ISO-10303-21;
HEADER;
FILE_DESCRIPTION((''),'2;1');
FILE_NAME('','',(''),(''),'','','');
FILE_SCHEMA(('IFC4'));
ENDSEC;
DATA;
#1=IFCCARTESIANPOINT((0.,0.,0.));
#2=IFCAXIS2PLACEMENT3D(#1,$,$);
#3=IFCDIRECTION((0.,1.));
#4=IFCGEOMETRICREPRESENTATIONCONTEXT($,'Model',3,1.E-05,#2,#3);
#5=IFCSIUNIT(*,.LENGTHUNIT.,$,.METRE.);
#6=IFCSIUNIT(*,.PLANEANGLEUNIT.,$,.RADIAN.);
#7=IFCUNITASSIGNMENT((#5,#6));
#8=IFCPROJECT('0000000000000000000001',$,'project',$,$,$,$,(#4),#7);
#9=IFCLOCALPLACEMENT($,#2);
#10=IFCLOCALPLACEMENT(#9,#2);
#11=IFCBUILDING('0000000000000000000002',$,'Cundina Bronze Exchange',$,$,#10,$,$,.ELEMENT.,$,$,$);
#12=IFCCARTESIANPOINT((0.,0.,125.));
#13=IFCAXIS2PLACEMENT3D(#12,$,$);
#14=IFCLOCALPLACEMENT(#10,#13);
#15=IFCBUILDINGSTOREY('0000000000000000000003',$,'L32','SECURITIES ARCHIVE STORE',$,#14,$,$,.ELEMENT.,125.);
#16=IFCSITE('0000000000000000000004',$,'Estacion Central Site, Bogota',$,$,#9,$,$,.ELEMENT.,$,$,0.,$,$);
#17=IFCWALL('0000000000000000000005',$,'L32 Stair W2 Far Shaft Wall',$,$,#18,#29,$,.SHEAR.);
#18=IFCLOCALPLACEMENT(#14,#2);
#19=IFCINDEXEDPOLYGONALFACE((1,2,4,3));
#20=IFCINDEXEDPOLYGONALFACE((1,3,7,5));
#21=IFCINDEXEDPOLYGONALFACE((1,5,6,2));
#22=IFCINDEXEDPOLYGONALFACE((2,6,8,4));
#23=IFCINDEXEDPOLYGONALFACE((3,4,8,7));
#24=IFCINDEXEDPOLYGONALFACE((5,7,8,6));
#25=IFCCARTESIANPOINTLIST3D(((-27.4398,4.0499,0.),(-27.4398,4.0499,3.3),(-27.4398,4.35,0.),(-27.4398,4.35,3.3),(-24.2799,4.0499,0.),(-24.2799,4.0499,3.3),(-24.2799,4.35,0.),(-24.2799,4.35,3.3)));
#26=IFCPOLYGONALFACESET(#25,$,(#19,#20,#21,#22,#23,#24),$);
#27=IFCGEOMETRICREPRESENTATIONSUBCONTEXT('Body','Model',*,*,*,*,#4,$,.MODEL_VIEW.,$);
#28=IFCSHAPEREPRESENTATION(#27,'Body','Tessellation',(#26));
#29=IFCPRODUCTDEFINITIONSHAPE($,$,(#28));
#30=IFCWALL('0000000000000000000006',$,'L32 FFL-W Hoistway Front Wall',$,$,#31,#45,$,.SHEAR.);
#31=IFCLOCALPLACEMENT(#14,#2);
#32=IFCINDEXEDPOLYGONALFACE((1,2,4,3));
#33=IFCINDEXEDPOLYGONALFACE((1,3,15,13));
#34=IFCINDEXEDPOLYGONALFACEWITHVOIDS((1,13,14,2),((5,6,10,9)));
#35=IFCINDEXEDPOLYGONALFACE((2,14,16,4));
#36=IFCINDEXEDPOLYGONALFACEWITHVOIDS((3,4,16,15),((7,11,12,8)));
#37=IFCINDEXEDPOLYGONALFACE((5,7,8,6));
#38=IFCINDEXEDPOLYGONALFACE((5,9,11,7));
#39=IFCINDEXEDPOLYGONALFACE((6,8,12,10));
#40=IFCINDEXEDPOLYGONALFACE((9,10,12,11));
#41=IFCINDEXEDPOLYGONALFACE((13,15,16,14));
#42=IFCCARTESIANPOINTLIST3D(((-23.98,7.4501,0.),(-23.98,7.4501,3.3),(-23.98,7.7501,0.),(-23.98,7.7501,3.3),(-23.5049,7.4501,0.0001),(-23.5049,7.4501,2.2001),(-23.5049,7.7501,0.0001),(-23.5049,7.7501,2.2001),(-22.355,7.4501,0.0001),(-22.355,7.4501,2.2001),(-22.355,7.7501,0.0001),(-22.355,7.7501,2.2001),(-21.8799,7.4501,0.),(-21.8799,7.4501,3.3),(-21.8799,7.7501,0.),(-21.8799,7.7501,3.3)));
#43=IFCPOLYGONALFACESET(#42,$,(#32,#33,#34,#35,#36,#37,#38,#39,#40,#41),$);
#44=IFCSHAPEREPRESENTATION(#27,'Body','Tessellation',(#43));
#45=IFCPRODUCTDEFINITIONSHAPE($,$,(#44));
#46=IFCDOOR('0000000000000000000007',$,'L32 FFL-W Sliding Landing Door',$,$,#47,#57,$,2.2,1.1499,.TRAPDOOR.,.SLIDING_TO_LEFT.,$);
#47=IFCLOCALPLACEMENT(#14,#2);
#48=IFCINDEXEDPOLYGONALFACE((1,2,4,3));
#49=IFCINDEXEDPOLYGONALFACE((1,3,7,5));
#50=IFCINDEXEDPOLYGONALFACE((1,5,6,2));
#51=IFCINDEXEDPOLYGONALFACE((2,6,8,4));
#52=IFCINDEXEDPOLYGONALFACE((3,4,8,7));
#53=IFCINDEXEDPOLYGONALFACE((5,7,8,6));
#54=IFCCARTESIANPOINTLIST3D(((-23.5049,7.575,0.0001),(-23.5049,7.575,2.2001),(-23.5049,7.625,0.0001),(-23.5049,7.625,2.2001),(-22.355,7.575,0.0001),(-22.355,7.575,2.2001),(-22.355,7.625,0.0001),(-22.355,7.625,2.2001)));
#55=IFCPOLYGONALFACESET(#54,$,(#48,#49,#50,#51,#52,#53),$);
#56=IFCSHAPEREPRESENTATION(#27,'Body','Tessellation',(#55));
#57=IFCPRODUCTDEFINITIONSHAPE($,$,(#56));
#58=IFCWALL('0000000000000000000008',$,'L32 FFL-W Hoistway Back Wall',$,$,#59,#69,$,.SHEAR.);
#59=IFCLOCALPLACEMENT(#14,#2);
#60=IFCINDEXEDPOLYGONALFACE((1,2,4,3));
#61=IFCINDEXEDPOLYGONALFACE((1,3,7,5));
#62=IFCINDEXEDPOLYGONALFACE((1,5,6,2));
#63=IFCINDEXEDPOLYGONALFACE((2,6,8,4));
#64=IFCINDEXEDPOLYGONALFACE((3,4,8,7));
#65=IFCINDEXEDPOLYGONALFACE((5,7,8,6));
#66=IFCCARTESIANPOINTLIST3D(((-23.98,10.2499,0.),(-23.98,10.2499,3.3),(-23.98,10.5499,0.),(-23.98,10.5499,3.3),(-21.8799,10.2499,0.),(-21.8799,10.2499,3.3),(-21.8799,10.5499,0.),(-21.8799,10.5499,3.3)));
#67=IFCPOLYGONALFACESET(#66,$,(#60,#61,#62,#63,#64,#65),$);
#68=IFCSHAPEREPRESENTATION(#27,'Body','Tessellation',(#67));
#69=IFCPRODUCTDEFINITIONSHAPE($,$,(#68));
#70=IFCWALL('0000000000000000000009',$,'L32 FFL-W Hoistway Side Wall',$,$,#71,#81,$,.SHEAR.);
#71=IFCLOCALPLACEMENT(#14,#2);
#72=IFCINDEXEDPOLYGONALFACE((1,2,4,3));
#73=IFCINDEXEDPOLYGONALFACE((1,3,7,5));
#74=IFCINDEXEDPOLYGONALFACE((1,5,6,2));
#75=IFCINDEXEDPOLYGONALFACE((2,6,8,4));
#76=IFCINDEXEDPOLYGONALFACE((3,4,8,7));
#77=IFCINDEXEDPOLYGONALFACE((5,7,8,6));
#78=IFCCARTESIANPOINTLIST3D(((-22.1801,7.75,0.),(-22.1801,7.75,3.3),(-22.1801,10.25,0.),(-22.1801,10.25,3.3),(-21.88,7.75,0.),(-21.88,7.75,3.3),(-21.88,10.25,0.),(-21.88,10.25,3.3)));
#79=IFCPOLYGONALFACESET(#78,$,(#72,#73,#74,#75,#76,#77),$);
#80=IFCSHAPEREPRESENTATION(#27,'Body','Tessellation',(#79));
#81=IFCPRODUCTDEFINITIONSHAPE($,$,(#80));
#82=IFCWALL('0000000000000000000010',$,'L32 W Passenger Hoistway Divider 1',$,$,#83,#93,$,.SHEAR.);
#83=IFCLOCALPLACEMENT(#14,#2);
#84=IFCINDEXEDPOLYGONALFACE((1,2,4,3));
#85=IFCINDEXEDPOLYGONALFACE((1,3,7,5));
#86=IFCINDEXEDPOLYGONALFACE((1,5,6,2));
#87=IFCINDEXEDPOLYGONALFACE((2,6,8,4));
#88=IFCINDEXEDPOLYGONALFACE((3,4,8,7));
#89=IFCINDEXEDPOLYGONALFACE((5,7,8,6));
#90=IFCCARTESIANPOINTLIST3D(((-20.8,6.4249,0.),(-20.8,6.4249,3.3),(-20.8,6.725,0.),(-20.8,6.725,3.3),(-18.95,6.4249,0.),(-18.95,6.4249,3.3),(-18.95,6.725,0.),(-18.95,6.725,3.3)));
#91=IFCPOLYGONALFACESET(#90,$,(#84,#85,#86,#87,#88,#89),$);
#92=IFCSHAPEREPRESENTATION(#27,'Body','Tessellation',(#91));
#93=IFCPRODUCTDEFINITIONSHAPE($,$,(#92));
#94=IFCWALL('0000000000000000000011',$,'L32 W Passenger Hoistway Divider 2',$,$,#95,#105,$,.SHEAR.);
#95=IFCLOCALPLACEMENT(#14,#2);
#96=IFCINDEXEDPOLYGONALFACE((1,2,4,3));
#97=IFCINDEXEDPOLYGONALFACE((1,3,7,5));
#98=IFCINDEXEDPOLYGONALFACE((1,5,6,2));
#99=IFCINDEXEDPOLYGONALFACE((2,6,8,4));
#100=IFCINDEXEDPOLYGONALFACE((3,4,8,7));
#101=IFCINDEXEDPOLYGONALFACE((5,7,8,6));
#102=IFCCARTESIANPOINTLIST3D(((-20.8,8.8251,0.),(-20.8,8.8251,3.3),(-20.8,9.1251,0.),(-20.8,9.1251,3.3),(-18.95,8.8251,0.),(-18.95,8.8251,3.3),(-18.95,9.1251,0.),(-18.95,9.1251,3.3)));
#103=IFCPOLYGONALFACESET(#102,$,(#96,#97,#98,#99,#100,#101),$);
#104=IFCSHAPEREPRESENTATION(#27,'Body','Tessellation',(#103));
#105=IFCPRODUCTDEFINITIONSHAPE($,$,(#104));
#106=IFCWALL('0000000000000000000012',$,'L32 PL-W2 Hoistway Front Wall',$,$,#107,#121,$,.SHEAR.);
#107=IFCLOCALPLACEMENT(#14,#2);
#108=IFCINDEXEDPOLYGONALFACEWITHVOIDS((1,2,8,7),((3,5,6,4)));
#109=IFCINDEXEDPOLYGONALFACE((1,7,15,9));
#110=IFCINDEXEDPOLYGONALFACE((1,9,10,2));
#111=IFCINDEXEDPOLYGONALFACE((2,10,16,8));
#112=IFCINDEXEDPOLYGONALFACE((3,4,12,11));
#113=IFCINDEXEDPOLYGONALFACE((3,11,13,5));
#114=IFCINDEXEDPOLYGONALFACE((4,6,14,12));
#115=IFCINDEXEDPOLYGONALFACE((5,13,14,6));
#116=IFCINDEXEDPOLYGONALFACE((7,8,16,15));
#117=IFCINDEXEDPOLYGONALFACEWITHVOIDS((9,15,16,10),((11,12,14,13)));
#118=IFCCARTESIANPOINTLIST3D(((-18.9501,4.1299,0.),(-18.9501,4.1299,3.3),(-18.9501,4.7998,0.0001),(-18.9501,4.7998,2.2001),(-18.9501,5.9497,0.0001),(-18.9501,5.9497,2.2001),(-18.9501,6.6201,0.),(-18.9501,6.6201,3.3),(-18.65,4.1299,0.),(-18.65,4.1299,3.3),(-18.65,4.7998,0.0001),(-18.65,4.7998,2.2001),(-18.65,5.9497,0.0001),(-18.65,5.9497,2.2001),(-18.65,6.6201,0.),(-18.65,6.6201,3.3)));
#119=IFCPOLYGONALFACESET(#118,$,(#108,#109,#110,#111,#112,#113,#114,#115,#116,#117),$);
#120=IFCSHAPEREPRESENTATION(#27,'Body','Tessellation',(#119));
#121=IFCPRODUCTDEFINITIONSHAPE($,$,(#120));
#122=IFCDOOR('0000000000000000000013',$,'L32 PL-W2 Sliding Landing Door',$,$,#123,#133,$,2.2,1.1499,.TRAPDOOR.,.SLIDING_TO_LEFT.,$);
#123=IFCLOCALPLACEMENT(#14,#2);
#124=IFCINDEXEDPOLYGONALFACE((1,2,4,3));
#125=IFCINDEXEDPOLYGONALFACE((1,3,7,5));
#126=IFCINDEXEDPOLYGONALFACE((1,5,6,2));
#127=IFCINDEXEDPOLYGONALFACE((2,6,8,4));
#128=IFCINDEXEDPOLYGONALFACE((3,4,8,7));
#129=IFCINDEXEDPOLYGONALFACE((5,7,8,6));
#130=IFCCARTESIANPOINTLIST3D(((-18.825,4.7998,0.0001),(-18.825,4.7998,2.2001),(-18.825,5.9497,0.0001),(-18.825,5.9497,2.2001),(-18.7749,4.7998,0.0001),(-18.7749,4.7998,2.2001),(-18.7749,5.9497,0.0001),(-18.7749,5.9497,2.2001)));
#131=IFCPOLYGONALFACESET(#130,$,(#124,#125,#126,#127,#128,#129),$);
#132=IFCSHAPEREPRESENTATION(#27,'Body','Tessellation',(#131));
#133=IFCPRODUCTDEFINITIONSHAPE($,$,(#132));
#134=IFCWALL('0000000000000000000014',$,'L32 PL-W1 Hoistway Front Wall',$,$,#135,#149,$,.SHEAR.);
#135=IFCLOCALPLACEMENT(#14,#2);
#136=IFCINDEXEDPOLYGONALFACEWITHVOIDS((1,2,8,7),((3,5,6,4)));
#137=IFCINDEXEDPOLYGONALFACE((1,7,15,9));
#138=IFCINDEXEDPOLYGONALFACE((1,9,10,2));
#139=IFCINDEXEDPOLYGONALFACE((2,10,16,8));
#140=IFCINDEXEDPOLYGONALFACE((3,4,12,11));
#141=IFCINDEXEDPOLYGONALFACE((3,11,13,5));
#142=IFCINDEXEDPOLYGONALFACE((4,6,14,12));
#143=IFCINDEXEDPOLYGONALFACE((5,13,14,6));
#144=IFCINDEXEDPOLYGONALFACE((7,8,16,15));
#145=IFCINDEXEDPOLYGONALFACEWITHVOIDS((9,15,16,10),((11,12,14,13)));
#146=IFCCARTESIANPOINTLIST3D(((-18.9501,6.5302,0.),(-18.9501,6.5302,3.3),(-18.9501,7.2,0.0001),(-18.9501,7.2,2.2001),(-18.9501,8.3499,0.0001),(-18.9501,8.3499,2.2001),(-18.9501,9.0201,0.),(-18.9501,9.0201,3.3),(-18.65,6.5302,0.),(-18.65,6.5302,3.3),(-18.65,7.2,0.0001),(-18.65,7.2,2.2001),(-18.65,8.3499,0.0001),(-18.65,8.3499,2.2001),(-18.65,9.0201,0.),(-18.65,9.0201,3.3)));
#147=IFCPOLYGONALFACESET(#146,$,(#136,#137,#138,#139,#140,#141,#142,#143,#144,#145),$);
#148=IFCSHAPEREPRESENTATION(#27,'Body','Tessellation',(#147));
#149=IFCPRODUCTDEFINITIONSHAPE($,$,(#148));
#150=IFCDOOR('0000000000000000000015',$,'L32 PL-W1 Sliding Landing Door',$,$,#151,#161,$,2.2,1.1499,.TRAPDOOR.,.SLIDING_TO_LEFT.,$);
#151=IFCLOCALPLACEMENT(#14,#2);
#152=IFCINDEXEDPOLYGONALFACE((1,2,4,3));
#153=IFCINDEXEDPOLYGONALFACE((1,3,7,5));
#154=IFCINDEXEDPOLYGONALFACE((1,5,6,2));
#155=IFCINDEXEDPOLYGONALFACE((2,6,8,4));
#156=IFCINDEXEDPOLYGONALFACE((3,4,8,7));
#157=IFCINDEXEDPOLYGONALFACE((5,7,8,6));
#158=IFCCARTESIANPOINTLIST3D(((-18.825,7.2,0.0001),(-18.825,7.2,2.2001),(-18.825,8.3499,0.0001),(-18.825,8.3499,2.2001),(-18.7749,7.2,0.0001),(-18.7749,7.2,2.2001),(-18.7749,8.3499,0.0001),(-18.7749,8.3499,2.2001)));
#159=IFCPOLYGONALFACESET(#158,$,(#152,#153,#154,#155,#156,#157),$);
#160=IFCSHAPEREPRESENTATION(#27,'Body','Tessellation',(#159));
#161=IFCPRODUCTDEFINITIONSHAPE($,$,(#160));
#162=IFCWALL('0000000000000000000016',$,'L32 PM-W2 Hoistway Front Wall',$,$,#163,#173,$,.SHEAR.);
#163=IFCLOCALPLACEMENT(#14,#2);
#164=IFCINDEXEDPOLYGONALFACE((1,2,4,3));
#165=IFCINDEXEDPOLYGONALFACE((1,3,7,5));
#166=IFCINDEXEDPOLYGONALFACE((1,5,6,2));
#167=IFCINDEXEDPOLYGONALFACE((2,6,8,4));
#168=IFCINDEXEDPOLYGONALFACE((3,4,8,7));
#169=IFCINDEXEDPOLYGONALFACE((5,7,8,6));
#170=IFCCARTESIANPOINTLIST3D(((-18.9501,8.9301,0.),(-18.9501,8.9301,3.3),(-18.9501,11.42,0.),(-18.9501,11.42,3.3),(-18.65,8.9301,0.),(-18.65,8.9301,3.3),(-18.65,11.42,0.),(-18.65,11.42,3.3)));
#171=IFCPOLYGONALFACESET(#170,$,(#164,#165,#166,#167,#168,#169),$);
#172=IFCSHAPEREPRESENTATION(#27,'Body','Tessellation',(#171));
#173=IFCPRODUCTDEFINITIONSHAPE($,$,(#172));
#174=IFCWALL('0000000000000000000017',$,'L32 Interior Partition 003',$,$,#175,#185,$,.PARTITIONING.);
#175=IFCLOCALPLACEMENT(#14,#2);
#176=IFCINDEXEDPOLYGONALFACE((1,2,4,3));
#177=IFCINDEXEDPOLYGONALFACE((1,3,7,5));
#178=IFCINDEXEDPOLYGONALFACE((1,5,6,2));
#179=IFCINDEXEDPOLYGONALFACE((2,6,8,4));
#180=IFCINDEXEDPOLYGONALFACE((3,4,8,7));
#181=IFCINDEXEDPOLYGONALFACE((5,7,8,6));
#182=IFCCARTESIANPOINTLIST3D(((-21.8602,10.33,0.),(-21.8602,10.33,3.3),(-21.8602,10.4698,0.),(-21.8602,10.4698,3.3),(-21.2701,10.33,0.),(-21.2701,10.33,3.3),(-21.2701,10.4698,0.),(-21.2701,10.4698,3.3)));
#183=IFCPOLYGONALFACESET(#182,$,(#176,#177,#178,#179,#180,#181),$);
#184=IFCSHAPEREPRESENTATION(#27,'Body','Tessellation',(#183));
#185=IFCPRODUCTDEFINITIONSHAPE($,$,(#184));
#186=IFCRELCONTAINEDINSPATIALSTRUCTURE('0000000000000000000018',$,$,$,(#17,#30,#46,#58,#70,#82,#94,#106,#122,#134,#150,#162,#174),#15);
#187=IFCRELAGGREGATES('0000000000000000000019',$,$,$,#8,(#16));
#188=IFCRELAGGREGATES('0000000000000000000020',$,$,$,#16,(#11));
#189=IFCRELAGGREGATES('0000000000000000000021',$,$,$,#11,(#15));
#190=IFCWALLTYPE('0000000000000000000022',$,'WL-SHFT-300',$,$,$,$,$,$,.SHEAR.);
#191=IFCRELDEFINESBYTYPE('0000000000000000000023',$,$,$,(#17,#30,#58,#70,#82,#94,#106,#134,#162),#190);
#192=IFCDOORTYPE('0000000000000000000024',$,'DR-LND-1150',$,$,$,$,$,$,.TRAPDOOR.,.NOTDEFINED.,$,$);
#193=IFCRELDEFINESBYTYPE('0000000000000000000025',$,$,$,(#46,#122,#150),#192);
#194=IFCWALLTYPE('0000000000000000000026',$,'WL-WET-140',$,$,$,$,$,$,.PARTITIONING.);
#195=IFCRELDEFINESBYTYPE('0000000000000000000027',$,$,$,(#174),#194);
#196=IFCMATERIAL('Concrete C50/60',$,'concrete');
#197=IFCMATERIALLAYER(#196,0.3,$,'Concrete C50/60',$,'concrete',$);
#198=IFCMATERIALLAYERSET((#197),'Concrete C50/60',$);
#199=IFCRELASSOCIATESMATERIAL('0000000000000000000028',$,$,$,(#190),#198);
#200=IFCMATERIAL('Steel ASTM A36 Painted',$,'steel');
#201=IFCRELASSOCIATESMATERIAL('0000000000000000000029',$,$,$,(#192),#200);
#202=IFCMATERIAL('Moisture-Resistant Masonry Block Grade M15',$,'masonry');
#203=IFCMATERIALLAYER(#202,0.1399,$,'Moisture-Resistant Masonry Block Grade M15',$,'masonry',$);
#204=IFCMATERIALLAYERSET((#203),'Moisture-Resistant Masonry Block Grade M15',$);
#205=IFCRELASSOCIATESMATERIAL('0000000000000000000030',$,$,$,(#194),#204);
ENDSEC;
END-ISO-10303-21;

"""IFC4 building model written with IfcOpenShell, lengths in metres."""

from ifc_helpers import new_model, si_unit, direction, frame, frame_2d, origin, place, context, subcontext, project, spatial, rectangle, extrude, material, layer, layer_set, type_object, element, fill, save


model = new_model("IFC4")

# Units and contexts
model_context = context("Model", 3, precision=1e-05, world=origin(), true_north=direction((0.0, 1.0)))
body_context = subcontext(model_context, "Body", "Model", "MODEL_VIEW")
ifc_project = project(units=[si_unit("LENGTHUNIT", "METRE"), si_unit("PLANEANGLEUNIT", "RADIAN")], contexts=[model_context])

# Site, building, storey
site_placement = place(None, origin())
site = spatial("IfcSite", under=ifc_project, at=site_placement, Name="Estacion Central Site, Bogota", CompositionType="ELEMENT", RefElevation=0.0)
building_placement = place(site_placement, origin())
building = spatial("IfcBuilding", under=site, at=building_placement, Name="Cundina Bronze Exchange", CompositionType="ELEMENT")
storey_placement = place(building_placement, frame((0.0, 0.0, 125.0)))
storey = spatial("IfcBuildingStorey", under=building, at=storey_placement, Name="L32", Description="SECURITIES ARCHIVE STORE", CompositionType="ELEMENT", Elevation=125.0)

# Wall
ifc_material_1 = material(Name="Concrete C50/60", Category="concrete")
ifc_layer_1 = layer(ifc_material_1, 0.3, Name="Concrete C50/60", Category="concrete")
ifc_layer_set_1 = layer_set([ifc_layer_1], Name="Concrete C50/60")
wall_type_1 = type_object("IfcWallType", Name="WL-SHFT-300", PredefinedType="SHEAR", material=ifc_layer_set_1)
wall_1_placement = place(storey_placement, frame((-27.4399, 4.2, 0.0), z_axis=(0.0, 0.0, 1.0), x_axis=(1.0, 0.0, 0.0)))
element("IfcWall", 1, at=wall_1_placement, inside=storey, type_object=wall_type_1, Name="L32 Stair W2 Far Shaft Wall", PredefinedType="SHEAR", context=body_context, shape_type="SweptSolid", body=[
    extrude(rectangle(XDim=3.1599, YDim=0.3, at=frame_2d((1.5801, 0.0))), origin(), (0.0, 0.0, 1.0), 3.3),
])

# Wall, opening, door
wall_2_placement = place(storey_placement, frame((-23.98, 7.6001, 0.0), z_axis=(0.0, 0.0, 1.0), x_axis=(1.0, 0.0, 0.0)))
wall_2 = element("IfcWall", 2, at=wall_2_placement, inside=storey, type_object=wall_type_1, Name="L32 FFL-W Hoistway Front Wall", PredefinedType="SHEAR", context=body_context, shape_type="SweptSolid", body=[
    extrude(rectangle(XDim=2.1001, YDim=0.3, at=frame_2d((1.05, 0.0))), origin(), (0.0, 0.0, 1.0), 3.3),
])
opening_1_placement = place(wall_2_placement, frame((0.4751, 0.0, 0.0)))
opening_1 = element("IfcOpeningElement", 3, at=opening_1_placement, cuts=wall_2, PredefinedType="OPENING", context=body_context, shape_type="SweptSolid", body=[
    extrude(rectangle(XDim=1.1499, YDim=2.2, at=frame_2d((0.575, 1.1001))), frame((0.0, 0.1599, 0.0), z_axis=(0.0, -1.0, 0.0), x_axis=(1.0, 0.0, 0.0)), (0.0, 0.0, 1.0), 0.3201),
])
ifc_material_2 = material(Name="Steel ASTM A36 Painted", Category="steel")
door_type = type_object("IfcDoorType", Name="DR-LND-1150", OperationType="NOTDEFINED", PredefinedType="TRAPDOOR", material=ifc_material_2)
door_1_placement = place(opening_1_placement, origin())
door_1 = element("IfcDoor", 4, at=door_1_placement, inside=storey, type_object=door_type, Name="L32 FFL-W Sliding Landing Door", OperationType="SLIDING_TO_LEFT", OverallHeight=2.2, OverallWidth=1.1499, PredefinedType="TRAPDOOR", context=body_context, shape_type="SweptSolid", body=[
    extrude(rectangle(XDim=1.1499, YDim=2.2, at=frame_2d((0.575, 1.1001))), frame((0.0, 0.0249, 0.0), z_axis=(0.0, -1.0, 0.0), x_axis=(1.0, 0.0, 0.0)), (0.0, 0.0, 1.0), 0.05),
])
fill(opening_1, door_1)

# Walls
wall_3_placement = place(storey_placement, frame((-23.98, 10.3999, 0.0), z_axis=(0.0, 0.0, 1.0), x_axis=(1.0, 0.0, 0.0)))
element("IfcWall", 5, at=wall_3_placement, inside=storey, type_object=wall_type_1, Name="L32 FFL-W Hoistway Back Wall", PredefinedType="SHEAR", context=body_context, shape_type="SweptSolid", body=[
    extrude(rectangle(XDim=2.1001, YDim=0.3, at=frame_2d((1.05, 0.0))), origin(), (0.0, 0.0, 1.0), 3.3),
])
wall_4_placement = place(storey_placement, frame((-22.03, 7.75, 0.0), z_axis=(0.0, 0.0, 1.0), x_axis=(0.0, 1.0, 0.0)))
element("IfcWall", 6, at=wall_4_placement, inside=storey, type_object=wall_type_1, Name="L32 FFL-W Hoistway Side Wall", PredefinedType="SHEAR", context=body_context, shape_type="SweptSolid", body=[
    extrude(rectangle(XDim=2.5, YDim=0.3, at=frame_2d((1.25, 0.0))), origin(), (0.0, 0.0, 1.0), 3.3),
])
for number, where, z_axis, x_axis, name in (
    (7, (-20.8, 6.575, 0.0), (0.0, 0.0, 1.0), (1.0, 0.0, 0.0), "L32 W Passenger Hoistway Divider 1"),
    (8, (-20.8, 8.9751, 0.0), (0.0, 0.0, 1.0), (1.0, 0.0, 0.0), "L32 W Passenger Hoistway Divider 2"),
):
    element("IfcWall", number, at=place(storey_placement, frame(where, z_axis=z_axis, x_axis=x_axis)), inside=storey, type_object=wall_type_1, Name=name, PredefinedType="SHEAR", context=body_context, shape_type="SweptSolid", body=[
        extrude(rectangle(XDim=1.8501, YDim=0.3, at=frame_2d((0.925, 0.0))), origin(), (0.0, 0.0, 1.0), 3.3),
    ])

# Walls, openings, doors
wall_5_placement = place(storey_placement, frame((-18.8, 4.1299, 0.0), z_axis=(0.0, 0.0, 1.0), x_axis=(0.0, 1.0, 0.0)))
wall_5 = element("IfcWall", 9, at=wall_5_placement, inside=storey, type_object=wall_type_1, Name="L32 PL-W2 Hoistway Front Wall", PredefinedType="SHEAR", context=body_context, shape_type="SweptSolid", body=[
    extrude(rectangle(XDim=2.4902, YDim=0.3, at=frame_2d((1.2451, 0.0))), origin(), (0.0, 0.0, 1.0), 3.3),
])
opening_2_placement = place(wall_5_placement, frame((0.6699, 0.0, 0.0)))
opening_2 = element("IfcOpeningElement", 10, at=opening_2_placement, cuts=wall_5, PredefinedType="OPENING", context=body_context, shape_type="SweptSolid", body=[
    extrude(rectangle(XDim=1.1499, YDim=2.2, at=frame_2d((0.575, 1.1001))), frame((0.0, 0.1599, 0.0), z_axis=(0.0, -1.0, 0.0), x_axis=(1.0, 0.0, 0.0)), (0.0, 0.0, 1.0), 0.3201),
])
door_2_placement = place(opening_2_placement, origin())
door_2 = element("IfcDoor", 11, at=door_2_placement, inside=storey, type_object=door_type, Name="L32 PL-W2 Sliding Landing Door", OperationType="SLIDING_TO_LEFT", OverallHeight=2.2, OverallWidth=1.1499, PredefinedType="TRAPDOOR", context=body_context, shape_type="SweptSolid", body=[
    extrude(rectangle(XDim=1.1499, YDim=2.2, at=frame_2d((0.575, 1.1001))), frame((0.0, 0.0249, 0.0), z_axis=(0.0, -1.0, 0.0), x_axis=(1.0, 0.0, 0.0)), (0.0, 0.0, 1.0), 0.05),
])
fill(opening_2, door_2)
wall_6_placement = place(storey_placement, frame((-18.8, 6.53, 0.0), z_axis=(0.0, 0.0, 1.0), x_axis=(0.0, 1.0, 0.0)))
wall_6 = element("IfcWall", 12, at=wall_6_placement, inside=storey, type_object=wall_type_1, Name="L32 PL-W1 Hoistway Front Wall", PredefinedType="SHEAR", context=body_context, shape_type="SweptSolid", body=[
    extrude(rectangle(XDim=2.49, YDim=0.3, at=frame_2d((1.2451, 0.0))), origin(), (0.0, 0.0, 1.0), 3.3),
])
opening_3_placement = place(wall_6_placement, frame((0.6699, 0.0, 0.0)))
opening_3 = element("IfcOpeningElement", 13, at=opening_3_placement, cuts=wall_6, PredefinedType="OPENING", context=body_context, shape_type="SweptSolid", body=[
    extrude(rectangle(XDim=1.1499, YDim=2.2, at=frame_2d((0.575, 1.1001))), frame((0.0, 0.1599, 0.0), z_axis=(0.0, -1.0, 0.0), x_axis=(1.0, 0.0, 0.0)), (0.0, 0.0, 1.0), 0.3201),
])
door_3_placement = place(opening_3_placement, origin())
door_3 = element("IfcDoor", 14, at=door_3_placement, inside=storey, type_object=door_type, Name="L32 PL-W1 Sliding Landing Door", OperationType="SLIDING_TO_LEFT", OverallHeight=2.2, OverallWidth=1.1499, PredefinedType="TRAPDOOR", context=body_context, shape_type="SweptSolid", body=[
    extrude(rectangle(XDim=1.1499, YDim=2.2, at=frame_2d((0.575, 1.1001))), frame((0.0, 0.0249, 0.0), z_axis=(0.0, -1.0, 0.0), x_axis=(1.0, 0.0, 0.0)), (0.0, 0.0, 1.0), 0.05),
])
fill(opening_3, door_3)

# Walls
wall_7_placement = place(storey_placement, frame((-18.8, 8.9299, 0.0), z_axis=(0.0, 0.0, 1.0), x_axis=(0.0, 1.0, 0.0)))
element("IfcWall", 15, at=wall_7_placement, inside=storey, type_object=wall_type_1, Name="L32 PM-W2 Hoistway Front Wall", PredefinedType="SHEAR", context=body_context, shape_type="SweptSolid", body=[
    extrude(rectangle(XDim=2.49, YDim=0.3, at=frame_2d((1.2451, 0.0))), origin(), (0.0, 0.0, 1.0), 3.3),
])
ifc_material_3 = material(Name="Moisture-Resistant Masonry Block Grade M15", Category="masonry")
ifc_layer_2 = layer(ifc_material_3, 0.1399, Name="Moisture-Resistant Masonry Block Grade M15", Category="masonry")
ifc_layer_set_2 = layer_set([ifc_layer_2], Name="Moisture-Resistant Masonry Block Grade M15")
wall_type_2 = type_object("IfcWallType", Name="WL-WET-140", PredefinedType="PARTITIONING", material=ifc_layer_set_2)
wall_8_placement = place(storey_placement, frame((-21.8601, 10.3999, 0.0), z_axis=(0.0, 0.0, 1.0), x_axis=(1.0, 0.0, 0.0)))
element("IfcWall", 16, at=wall_8_placement, inside=storey, type_object=wall_type_2, Name="L32 Interior Partition 003", PredefinedType="PARTITIONING", context=body_context, shape_type="SweptSolid", body=[
    extrude(rectangle(XDim=0.5901, YDim=0.1399, at=frame_2d((0.2949, 0.0))), origin(), (0.0, 0.0, 1.0), 3.3),
])

save(model, "model.ifc")
